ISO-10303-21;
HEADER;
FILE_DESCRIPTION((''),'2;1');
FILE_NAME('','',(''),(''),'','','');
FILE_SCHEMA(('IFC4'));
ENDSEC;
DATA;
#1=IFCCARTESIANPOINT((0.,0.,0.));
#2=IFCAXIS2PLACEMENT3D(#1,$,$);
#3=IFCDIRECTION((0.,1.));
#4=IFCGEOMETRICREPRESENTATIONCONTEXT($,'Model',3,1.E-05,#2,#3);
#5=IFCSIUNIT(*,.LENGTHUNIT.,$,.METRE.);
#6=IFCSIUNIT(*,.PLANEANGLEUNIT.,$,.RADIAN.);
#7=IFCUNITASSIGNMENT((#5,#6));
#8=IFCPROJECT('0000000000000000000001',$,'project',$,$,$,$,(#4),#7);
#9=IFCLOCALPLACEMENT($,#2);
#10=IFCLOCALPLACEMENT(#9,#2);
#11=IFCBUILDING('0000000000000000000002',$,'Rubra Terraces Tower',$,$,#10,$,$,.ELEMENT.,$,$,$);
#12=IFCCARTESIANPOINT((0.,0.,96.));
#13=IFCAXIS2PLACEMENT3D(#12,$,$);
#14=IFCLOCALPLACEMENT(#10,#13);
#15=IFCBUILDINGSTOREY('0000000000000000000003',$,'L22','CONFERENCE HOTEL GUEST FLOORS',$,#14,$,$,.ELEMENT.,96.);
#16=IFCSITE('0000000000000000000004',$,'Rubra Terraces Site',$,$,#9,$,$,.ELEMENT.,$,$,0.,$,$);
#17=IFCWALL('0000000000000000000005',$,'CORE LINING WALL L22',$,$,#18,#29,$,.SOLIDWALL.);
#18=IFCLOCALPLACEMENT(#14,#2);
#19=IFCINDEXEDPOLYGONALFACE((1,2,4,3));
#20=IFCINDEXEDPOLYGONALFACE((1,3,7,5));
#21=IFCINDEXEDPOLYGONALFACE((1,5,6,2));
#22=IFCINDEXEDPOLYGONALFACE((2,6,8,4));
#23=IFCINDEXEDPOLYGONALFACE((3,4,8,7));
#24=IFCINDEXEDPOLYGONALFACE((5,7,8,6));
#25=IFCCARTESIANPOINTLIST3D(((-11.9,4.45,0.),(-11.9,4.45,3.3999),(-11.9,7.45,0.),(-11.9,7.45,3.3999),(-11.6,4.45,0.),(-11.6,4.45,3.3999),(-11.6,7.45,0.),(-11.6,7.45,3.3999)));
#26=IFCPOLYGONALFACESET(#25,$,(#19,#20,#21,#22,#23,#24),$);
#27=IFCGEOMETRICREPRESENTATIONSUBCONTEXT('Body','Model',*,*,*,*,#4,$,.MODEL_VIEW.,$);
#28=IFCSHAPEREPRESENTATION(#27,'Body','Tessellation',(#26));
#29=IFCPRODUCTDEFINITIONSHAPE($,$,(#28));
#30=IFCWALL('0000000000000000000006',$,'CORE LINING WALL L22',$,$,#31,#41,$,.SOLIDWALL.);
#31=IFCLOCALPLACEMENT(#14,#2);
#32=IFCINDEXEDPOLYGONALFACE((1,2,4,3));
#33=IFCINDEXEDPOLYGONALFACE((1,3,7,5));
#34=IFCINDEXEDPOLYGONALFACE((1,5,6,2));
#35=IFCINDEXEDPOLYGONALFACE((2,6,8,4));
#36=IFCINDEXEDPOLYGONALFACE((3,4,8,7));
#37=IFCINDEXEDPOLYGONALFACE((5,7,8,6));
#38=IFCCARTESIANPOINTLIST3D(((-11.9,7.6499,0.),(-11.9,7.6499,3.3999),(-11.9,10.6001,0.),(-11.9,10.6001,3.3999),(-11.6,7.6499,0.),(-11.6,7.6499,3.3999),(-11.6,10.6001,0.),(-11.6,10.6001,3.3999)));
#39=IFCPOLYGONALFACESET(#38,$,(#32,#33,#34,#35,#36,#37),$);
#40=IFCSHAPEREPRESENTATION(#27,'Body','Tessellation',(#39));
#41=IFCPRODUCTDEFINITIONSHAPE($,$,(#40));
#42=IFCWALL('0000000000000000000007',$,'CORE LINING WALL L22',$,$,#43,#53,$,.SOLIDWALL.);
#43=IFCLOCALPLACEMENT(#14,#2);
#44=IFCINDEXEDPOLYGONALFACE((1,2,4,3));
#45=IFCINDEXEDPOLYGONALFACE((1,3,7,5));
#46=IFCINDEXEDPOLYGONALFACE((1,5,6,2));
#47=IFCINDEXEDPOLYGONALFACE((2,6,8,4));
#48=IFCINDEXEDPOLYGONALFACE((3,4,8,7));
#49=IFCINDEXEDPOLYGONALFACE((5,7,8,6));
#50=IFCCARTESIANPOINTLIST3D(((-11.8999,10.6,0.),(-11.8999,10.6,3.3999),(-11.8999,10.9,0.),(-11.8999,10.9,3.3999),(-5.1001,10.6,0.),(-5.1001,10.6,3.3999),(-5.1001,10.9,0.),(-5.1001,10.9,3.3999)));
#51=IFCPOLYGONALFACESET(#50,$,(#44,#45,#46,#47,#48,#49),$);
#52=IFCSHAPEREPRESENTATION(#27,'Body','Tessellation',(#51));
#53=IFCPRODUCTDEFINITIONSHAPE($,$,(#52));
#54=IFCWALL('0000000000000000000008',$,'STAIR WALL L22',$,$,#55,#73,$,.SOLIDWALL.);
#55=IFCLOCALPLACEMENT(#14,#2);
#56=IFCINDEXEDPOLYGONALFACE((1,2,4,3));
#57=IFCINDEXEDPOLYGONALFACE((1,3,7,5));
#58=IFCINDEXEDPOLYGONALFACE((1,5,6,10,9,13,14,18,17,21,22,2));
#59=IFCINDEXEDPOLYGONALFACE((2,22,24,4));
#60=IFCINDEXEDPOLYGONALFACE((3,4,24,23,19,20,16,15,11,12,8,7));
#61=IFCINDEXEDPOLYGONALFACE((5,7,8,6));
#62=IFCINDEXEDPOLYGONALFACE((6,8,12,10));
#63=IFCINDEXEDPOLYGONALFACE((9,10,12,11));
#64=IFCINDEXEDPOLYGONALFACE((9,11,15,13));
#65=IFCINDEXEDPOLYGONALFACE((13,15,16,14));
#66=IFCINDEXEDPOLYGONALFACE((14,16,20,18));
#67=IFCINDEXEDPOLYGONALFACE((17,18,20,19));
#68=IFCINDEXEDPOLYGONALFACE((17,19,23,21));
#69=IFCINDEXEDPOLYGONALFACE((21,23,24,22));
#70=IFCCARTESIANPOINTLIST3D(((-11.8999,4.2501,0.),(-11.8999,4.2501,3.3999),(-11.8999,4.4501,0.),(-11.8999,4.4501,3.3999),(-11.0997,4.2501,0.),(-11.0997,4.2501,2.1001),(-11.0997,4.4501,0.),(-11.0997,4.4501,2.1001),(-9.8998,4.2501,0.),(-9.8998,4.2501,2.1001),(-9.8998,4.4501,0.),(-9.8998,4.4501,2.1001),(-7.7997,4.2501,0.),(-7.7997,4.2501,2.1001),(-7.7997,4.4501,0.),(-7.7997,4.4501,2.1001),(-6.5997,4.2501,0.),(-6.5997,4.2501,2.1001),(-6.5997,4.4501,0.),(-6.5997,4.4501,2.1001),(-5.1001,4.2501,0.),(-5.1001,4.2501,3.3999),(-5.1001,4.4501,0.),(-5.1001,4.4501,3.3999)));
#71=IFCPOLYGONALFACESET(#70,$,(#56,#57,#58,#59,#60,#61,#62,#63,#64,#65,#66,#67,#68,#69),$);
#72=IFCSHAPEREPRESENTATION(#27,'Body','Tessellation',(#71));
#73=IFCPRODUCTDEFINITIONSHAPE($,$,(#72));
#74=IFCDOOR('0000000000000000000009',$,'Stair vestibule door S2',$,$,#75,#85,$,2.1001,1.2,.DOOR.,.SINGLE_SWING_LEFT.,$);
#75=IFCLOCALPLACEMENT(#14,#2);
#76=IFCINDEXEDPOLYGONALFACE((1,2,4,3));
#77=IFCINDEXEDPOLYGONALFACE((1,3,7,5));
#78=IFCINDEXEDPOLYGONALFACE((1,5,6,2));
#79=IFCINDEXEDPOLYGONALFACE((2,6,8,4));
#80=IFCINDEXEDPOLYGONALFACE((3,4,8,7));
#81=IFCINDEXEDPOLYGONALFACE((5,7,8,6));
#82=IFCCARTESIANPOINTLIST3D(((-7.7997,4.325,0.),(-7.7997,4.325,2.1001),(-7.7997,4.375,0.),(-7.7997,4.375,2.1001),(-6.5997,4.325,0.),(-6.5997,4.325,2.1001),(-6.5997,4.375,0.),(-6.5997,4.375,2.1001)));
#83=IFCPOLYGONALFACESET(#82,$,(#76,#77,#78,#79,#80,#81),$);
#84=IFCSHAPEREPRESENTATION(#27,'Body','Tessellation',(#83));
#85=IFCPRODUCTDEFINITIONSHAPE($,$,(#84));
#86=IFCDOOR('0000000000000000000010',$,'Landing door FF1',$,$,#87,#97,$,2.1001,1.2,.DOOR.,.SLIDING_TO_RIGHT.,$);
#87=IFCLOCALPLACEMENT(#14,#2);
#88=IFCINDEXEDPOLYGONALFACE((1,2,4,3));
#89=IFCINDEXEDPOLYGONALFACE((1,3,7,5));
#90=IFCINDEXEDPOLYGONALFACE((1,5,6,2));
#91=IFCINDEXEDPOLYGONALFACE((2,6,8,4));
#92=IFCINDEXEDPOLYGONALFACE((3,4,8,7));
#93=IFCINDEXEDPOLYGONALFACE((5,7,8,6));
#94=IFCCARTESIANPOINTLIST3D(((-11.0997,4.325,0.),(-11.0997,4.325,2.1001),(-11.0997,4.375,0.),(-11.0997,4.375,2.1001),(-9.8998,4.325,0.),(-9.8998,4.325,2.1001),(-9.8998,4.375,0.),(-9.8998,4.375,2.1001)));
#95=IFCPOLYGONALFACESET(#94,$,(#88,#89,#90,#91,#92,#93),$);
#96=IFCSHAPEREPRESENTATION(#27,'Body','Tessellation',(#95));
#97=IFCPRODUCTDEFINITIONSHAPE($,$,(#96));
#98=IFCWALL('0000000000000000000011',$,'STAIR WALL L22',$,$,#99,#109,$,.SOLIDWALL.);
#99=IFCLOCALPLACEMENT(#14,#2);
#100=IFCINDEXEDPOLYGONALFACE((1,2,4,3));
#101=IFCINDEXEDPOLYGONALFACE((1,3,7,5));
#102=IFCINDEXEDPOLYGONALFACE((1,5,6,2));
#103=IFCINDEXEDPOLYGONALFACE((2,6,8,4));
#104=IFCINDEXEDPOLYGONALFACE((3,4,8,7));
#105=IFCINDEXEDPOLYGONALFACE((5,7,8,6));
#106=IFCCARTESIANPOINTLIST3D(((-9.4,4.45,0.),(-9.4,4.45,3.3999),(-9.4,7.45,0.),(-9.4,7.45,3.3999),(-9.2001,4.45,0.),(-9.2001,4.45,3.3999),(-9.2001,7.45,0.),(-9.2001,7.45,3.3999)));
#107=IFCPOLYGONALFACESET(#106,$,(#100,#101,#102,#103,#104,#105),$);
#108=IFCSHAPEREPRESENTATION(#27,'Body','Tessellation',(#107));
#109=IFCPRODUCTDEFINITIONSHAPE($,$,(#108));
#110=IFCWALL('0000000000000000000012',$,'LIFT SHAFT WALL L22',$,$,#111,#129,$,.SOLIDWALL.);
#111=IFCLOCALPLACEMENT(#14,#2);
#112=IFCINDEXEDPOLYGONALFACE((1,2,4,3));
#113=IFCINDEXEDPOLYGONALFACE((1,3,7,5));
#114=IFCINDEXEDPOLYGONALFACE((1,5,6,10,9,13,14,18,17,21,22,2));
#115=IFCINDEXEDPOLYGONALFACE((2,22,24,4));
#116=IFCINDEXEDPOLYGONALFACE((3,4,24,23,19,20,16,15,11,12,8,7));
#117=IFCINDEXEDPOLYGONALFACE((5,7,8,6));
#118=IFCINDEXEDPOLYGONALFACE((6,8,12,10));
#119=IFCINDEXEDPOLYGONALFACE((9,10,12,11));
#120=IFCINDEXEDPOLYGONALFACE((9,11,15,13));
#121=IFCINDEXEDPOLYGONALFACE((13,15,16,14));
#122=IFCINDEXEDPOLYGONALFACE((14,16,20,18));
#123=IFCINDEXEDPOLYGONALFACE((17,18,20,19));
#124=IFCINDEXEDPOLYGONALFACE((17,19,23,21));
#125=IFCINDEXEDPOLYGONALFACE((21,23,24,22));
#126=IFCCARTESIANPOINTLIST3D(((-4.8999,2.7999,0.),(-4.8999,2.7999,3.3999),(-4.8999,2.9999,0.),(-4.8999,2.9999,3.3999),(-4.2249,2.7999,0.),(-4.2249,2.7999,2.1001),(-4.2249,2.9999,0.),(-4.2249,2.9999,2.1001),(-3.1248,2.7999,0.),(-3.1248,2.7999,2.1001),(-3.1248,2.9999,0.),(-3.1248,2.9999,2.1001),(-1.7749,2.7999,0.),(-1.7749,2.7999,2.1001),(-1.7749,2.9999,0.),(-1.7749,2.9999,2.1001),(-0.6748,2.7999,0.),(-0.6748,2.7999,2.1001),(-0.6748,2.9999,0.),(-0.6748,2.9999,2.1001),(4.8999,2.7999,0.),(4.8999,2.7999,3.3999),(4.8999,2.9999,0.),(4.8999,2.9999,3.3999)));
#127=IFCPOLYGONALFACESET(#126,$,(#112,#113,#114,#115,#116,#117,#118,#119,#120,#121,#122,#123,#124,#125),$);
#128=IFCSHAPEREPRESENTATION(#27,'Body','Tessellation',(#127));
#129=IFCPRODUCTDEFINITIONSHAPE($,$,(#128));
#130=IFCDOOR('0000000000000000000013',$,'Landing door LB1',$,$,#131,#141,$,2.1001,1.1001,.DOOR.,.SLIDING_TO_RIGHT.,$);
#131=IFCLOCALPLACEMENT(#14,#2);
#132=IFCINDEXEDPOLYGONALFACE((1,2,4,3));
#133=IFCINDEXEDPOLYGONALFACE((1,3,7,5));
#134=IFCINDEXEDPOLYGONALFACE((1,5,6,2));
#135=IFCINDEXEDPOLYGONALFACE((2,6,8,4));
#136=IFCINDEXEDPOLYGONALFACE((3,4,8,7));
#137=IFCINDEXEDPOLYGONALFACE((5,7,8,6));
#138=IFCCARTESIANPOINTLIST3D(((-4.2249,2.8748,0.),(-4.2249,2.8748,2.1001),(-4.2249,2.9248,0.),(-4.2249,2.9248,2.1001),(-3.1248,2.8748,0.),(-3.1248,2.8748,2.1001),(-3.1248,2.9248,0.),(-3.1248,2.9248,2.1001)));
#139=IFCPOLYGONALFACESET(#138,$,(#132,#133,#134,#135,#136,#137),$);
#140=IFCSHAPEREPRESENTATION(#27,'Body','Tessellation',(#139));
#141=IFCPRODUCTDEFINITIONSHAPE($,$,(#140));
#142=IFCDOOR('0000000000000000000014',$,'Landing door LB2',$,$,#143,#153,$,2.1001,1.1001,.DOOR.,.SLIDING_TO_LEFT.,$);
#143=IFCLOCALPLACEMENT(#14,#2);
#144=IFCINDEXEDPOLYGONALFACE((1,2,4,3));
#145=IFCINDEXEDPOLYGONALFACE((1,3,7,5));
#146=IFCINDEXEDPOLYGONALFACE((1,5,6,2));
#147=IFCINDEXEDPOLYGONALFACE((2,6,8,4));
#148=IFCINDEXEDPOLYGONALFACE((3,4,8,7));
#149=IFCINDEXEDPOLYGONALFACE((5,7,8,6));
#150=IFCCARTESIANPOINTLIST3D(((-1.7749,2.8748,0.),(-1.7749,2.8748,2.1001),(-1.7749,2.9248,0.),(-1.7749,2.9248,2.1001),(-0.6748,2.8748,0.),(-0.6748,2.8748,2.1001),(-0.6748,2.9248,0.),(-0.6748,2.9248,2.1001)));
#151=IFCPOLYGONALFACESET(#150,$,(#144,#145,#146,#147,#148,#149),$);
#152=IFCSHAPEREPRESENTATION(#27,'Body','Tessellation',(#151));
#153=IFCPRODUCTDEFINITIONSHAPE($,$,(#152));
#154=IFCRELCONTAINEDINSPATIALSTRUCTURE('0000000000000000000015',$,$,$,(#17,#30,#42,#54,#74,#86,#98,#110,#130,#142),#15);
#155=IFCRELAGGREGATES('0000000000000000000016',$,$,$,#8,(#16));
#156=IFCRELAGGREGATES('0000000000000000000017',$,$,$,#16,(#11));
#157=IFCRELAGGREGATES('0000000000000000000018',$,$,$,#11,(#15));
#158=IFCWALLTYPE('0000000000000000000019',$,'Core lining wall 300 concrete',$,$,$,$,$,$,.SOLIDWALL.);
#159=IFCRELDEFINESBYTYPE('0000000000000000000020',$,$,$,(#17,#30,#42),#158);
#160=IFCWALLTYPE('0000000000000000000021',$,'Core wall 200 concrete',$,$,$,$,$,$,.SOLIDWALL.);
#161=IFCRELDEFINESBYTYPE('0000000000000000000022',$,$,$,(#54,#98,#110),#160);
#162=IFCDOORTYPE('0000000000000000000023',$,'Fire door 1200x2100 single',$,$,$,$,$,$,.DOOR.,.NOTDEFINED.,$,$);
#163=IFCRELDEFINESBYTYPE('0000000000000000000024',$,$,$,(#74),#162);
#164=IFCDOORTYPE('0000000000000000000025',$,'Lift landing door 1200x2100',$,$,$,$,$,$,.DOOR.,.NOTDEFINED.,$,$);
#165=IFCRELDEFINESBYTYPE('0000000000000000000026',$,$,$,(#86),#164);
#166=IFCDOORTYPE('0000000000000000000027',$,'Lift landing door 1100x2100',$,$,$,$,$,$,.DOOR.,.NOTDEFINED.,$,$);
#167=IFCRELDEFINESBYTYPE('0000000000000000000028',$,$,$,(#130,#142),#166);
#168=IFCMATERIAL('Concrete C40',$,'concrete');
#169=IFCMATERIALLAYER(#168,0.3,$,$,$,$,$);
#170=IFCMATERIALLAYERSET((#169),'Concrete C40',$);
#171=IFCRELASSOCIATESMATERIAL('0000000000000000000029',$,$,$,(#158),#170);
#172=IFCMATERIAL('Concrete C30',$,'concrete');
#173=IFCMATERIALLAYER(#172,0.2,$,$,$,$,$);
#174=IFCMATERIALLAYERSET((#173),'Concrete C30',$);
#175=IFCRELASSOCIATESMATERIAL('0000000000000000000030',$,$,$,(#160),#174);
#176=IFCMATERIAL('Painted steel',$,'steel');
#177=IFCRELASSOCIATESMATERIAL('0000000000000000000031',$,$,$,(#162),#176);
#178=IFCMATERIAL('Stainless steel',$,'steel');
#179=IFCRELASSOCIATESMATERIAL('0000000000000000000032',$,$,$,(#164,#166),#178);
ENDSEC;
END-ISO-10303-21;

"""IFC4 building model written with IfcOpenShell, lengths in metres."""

from ifc_helpers import new_model, si_unit, direction, frame, frame_2d, origin, place, context, subcontext, project, spatial, rectangle, extrude, material, layer, layer_set, type_object, element, fill, save


model = new_model("IFC4")

# Units and contexts
model_context = context("Model", 3, precision=1e-05, world=origin(), true_north=direction((0.0, 1.0)))
body_context = subcontext(model_context, "Body", "Model", "MODEL_VIEW")
ifc_project = project(units=[si_unit("LENGTHUNIT", "METRE"), si_unit("PLANEANGLEUNIT", "RADIAN")], contexts=[model_context])

# Site, building, storey
site_placement = place(None, origin())
site = spatial("IfcSite", under=ifc_project, at=site_placement, Name="Rubra Terraces Site", CompositionType="ELEMENT", RefElevation=0.0)
building_placement = place(site_placement, origin())
building = spatial("IfcBuilding", under=site, at=building_placement, Name="Rubra Terraces Tower", CompositionType="ELEMENT")
storey_placement = place(building_placement, frame((0.0, 0.0, 96.0)))
storey = spatial("IfcBuildingStorey", under=building, at=storey_placement, Name="L22", Description="CONFERENCE HOTEL GUEST FLOORS", CompositionType="ELEMENT", Elevation=96.0)

# Walls
ifc_material_1 = material(Name="Concrete C40", Category="concrete")
ifc_layer_1 = layer(ifc_material_1, 0.3)
ifc_layer_set_1 = layer_set([ifc_layer_1], Name="Concrete C40")
wall_type_1 = type_object("IfcWallType", Name="Core lining wall 300 concrete", PredefinedType="SOLIDWALL", material=ifc_layer_set_1)
wall_1_placement = place(storey_placement, frame((-11.75, 4.45, 0.0), z_axis=(0.0, 0.0, 1.0), x_axis=(0.0, 1.0, 0.0)))
element("IfcWall", 1, at=wall_1_placement, inside=storey, type_object=wall_type_1, Name="CORE LINING WALL L22", PredefinedType="SOLIDWALL", context=body_context, shape_type="SweptSolid", body=[
    extrude(rectangle(XDim=3.0, YDim=0.3, at=frame_2d((1.5, 0.0))), origin(), (0.0, 0.0, 1.0), 3.3999),
])
wall_2_placement = place(storey_placement, frame((-11.75, 7.6499, 0.0), z_axis=(0.0, 0.0, 1.0), x_axis=(0.0, 1.0, 0.0)))
element("IfcWall", 2, at=wall_2_placement, inside=storey, type_object=wall_type_1, Name="CORE LINING WALL L22", PredefinedType="SOLIDWALL", context=body_context, shape_type="SweptSolid", body=[
    extrude(rectangle(XDim=2.9502, YDim=0.3, at=frame_2d((1.4751, 0.0))), origin(), (0.0, 0.0, 1.0), 3.3999),
])
wall_3_placement = place(storey_placement, frame((-11.8999, 10.75, 0.0), z_axis=(0.0, 0.0, 1.0), x_axis=(1.0, 0.0, 0.0)))
element("IfcWall", 3, at=wall_3_placement, inside=storey, type_object=wall_type_1, Name="CORE LINING WALL L22", PredefinedType="SOLIDWALL", context=body_context, shape_type="SweptSolid", body=[
    extrude(rectangle(XDim=6.7998, YDim=0.3, at=frame_2d((3.3999, 0.0))), origin(), (0.0, 0.0, 1.0), 3.3999),
])

# Wall, openings, doors
ifc_material_2 = material(Name="Concrete C30", Category="concrete")
ifc_layer_2 = layer(ifc_material_2, 0.2)
ifc_layer_set_2 = layer_set([ifc_layer_2], Name="Concrete C30")
wall_type_2 = type_object("IfcWallType", Name="Core wall 200 concrete", PredefinedType="SOLIDWALL", material=ifc_layer_set_2)
wall_4_placement = place(storey_placement, frame((-11.8999, 4.3501, 0.0), z_axis=(0.0, 0.0, 1.0), x_axis=(1.0, 0.0, 0.0)))
wall_4 = element("IfcWall", 4, at=wall_4_placement, inside=storey, type_object=wall_type_2, Name="STAIR WALL L22", PredefinedType="SOLIDWALL", context=body_context, shape_type="SweptSolid", body=[
    extrude(rectangle(XDim=6.7998, YDim=0.2, at=frame_2d((3.3999, 0.0))), origin(), (0.0, 0.0, 1.0), 3.3999),
])
opening_1_placement = place(wall_4_placement, frame((4.1001, 0.0, 0.0)))
opening_1 = element("IfcOpeningElement", 5, at=opening_1_placement, cuts=wall_4, PredefinedType="OPENING", context=body_context, shape_type="SweptSolid", body=[
    extrude(rectangle(XDim=1.2, YDim=2.1001, at=frame_2d((0.6001, 1.05))), frame((0.0, 0.1099, 0.0), z_axis=(0.0, -1.0, 0.0), x_axis=(1.0, 0.0, 0.0)), (0.0, 0.0, 1.0), 0.22),
])
opening_2_placement = place(wall_4_placement, frame((0.8, 0.0, 0.0)))
opening_2 = element("IfcOpeningElement", 6, at=opening_2_placement, cuts=wall_4, PredefinedType="OPENING", context=body_context, shape_type="SweptSolid", body=[
    extrude(rectangle(XDim=1.2, YDim=2.1001, at=frame_2d((0.6001, 1.05))), frame((0.0, 0.1099, 0.0), z_axis=(0.0, -1.0, 0.0), x_axis=(1.0, 0.0, 0.0)), (0.0, 0.0, 1.0), 0.22),
])
ifc_material_3 = material(Name="Painted steel", Category="steel")
door_type_1 = type_object("IfcDoorType", Name="Fire door 1200x2100 single", OperationType="NOTDEFINED", PredefinedType="DOOR", material=ifc_material_3)
door_1_placement = place(opening_1_placement, origin())
door_1 = element("IfcDoor", 7, at=door_1_placement, inside=storey, type_object=door_type_1, Name="Stair vestibule door S2", OperationType="SINGLE_SWING_LEFT", OverallHeight=2.1001, OverallWidth=1.2, PredefinedType="DOOR", context=body_context, shape_type="SweptSolid", body=[
    extrude(rectangle(XDim=1.2, YDim=2.1001, at=frame_2d((0.6001, 1.05))), frame((0.0, 0.0249, 0.0), z_axis=(0.0, -1.0, 0.0), x_axis=(1.0, 0.0, 0.0)), (0.0, 0.0, 1.0), 0.05),
])
fill(opening_1, door_1)
ifc_material_4 = material(Name="Stainless steel", Category="steel")
door_type_2 = type_object("IfcDoorType", Name="Lift landing door 1200x2100", OperationType="NOTDEFINED", PredefinedType="DOOR", material=ifc_material_4)
door_2_placement = place(opening_2_placement, origin())
door_2 = element("IfcDoor", 8, at=door_2_placement, inside=storey, type_object=door_type_2, Name="Landing door FF1", OperationType="SLIDING_TO_RIGHT", OverallHeight=2.1001, OverallWidth=1.2, PredefinedType="DOOR", context=body_context, shape_type="SweptSolid", body=[
    extrude(rectangle(XDim=1.2, YDim=2.1001, at=frame_2d((0.6001, 1.05))), frame((0.0, 0.0249, 0.0), z_axis=(0.0, -1.0, 0.0), x_axis=(1.0, 0.0, 0.0)), (0.0, 0.0, 1.0), 0.05),
])
fill(opening_2, door_2)

# Wall
wall_5_placement = place(storey_placement, frame((-9.3, 4.45, 0.0), z_axis=(0.0, 0.0, 1.0), x_axis=(0.0, 1.0, 0.0)))
element("IfcWall", 9, at=wall_5_placement, inside=storey, type_object=wall_type_2, Name="STAIR WALL L22", PredefinedType="SOLIDWALL", context=body_context, shape_type="SweptSolid", body=[
    extrude(rectangle(XDim=3.0, YDim=0.2, at=frame_2d((1.5, 0.0))), origin(), (0.0, 0.0, 1.0), 3.3999),
])

# Wall, openings, doors
wall_6_placement = place(storey_placement, frame((-4.8999, 2.8999, 0.0), z_axis=(0.0, 0.0, 1.0), x_axis=(1.0, 0.0, 0.0)))
wall_6 = element("IfcWall", 10, at=wall_6_placement, inside=storey, type_object=wall_type_2, Name="LIFT SHAFT WALL L22", PredefinedType="SOLIDWALL", context=body_context, shape_type="SweptSolid", body=[
    extrude(rectangle(XDim=9.7998, YDim=0.2, at=frame_2d((4.8999, 0.0))), origin(), (0.0, 0.0, 1.0), 3.3999),
])
opening_3_placement = place(wall_6_placement, frame((0.675, 0.0, 0.0)))
opening_3 = element("IfcOpeningElement", 11, at=opening_3_placement, cuts=wall_6, PredefinedType="OPENING", context=body_context, shape_type="SweptSolid", body=[
    extrude(rectangle(XDim=1.1001, YDim=2.1001, at=frame_2d((0.55, 1.05))), frame((0.0, 0.1099, 0.0), z_axis=(0.0, -1.0, 0.0), x_axis=(1.0, 0.0, 0.0)), (0.0, 0.0, 1.0), 0.22),
])
opening_4_placement = place(wall_6_placement, frame((3.125, 0.0, 0.0)))
opening_4 = element("IfcOpeningElement", 12, at=opening_4_placement, cuts=wall_6, PredefinedType="OPENING", context=body_context, shape_type="SweptSolid", body=[
    extrude(rectangle(XDim=1.1001, YDim=2.1001, at=frame_2d((0.55, 1.05))), frame((0.0, 0.1099, 0.0), z_axis=(0.0, -1.0, 0.0), x_axis=(1.0, 0.0, 0.0)), (0.0, 0.0, 1.0), 0.22),
])
door_type_3 = type_object("IfcDoorType", Name="Lift landing door 1100x2100", OperationType="NOTDEFINED", PredefinedType="DOOR", material=ifc_material_4)
door_3_placement = place(opening_3_placement, origin())
door_3 = element("IfcDoor", 13, at=door_3_placement, inside=storey, type_object=door_type_3, Name="Landing door LB1", OperationType="SLIDING_TO_RIGHT", OverallHeight=2.1001, OverallWidth=1.1001, PredefinedType="DOOR", context=body_context, shape_type="SweptSolid", body=[
    extrude(rectangle(XDim=1.1001, YDim=2.1001, at=frame_2d((0.55, 1.05))), frame((0.0, 0.0249, 0.0), z_axis=(0.0, -1.0, 0.0), x_axis=(1.0, 0.0, 0.0)), (0.0, 0.0, 1.0), 0.05),
])
fill(opening_3, door_3)
door_4_placement = place(opening_4_placement, origin())
door_4 = element("IfcDoor", 14, at=door_4_placement, inside=storey, type_object=door_type_3, Name="Landing door LB2", OperationType="SLIDING_TO_LEFT", OverallHeight=2.1001, OverallWidth=1.1001, PredefinedType="DOOR", context=body_context, shape_type="SweptSolid", body=[
    extrude(rectangle(XDim=1.1001, YDim=2.1001, at=frame_2d((0.55, 1.05))), frame((0.0, 0.0249, 0.0), z_axis=(0.0, -1.0, 0.0), x_axis=(1.0, 0.0, 0.0)), (0.0, 0.0, 1.0), 0.05),
])
fill(opening_4, door_4)

save(model, "model.ifc")
